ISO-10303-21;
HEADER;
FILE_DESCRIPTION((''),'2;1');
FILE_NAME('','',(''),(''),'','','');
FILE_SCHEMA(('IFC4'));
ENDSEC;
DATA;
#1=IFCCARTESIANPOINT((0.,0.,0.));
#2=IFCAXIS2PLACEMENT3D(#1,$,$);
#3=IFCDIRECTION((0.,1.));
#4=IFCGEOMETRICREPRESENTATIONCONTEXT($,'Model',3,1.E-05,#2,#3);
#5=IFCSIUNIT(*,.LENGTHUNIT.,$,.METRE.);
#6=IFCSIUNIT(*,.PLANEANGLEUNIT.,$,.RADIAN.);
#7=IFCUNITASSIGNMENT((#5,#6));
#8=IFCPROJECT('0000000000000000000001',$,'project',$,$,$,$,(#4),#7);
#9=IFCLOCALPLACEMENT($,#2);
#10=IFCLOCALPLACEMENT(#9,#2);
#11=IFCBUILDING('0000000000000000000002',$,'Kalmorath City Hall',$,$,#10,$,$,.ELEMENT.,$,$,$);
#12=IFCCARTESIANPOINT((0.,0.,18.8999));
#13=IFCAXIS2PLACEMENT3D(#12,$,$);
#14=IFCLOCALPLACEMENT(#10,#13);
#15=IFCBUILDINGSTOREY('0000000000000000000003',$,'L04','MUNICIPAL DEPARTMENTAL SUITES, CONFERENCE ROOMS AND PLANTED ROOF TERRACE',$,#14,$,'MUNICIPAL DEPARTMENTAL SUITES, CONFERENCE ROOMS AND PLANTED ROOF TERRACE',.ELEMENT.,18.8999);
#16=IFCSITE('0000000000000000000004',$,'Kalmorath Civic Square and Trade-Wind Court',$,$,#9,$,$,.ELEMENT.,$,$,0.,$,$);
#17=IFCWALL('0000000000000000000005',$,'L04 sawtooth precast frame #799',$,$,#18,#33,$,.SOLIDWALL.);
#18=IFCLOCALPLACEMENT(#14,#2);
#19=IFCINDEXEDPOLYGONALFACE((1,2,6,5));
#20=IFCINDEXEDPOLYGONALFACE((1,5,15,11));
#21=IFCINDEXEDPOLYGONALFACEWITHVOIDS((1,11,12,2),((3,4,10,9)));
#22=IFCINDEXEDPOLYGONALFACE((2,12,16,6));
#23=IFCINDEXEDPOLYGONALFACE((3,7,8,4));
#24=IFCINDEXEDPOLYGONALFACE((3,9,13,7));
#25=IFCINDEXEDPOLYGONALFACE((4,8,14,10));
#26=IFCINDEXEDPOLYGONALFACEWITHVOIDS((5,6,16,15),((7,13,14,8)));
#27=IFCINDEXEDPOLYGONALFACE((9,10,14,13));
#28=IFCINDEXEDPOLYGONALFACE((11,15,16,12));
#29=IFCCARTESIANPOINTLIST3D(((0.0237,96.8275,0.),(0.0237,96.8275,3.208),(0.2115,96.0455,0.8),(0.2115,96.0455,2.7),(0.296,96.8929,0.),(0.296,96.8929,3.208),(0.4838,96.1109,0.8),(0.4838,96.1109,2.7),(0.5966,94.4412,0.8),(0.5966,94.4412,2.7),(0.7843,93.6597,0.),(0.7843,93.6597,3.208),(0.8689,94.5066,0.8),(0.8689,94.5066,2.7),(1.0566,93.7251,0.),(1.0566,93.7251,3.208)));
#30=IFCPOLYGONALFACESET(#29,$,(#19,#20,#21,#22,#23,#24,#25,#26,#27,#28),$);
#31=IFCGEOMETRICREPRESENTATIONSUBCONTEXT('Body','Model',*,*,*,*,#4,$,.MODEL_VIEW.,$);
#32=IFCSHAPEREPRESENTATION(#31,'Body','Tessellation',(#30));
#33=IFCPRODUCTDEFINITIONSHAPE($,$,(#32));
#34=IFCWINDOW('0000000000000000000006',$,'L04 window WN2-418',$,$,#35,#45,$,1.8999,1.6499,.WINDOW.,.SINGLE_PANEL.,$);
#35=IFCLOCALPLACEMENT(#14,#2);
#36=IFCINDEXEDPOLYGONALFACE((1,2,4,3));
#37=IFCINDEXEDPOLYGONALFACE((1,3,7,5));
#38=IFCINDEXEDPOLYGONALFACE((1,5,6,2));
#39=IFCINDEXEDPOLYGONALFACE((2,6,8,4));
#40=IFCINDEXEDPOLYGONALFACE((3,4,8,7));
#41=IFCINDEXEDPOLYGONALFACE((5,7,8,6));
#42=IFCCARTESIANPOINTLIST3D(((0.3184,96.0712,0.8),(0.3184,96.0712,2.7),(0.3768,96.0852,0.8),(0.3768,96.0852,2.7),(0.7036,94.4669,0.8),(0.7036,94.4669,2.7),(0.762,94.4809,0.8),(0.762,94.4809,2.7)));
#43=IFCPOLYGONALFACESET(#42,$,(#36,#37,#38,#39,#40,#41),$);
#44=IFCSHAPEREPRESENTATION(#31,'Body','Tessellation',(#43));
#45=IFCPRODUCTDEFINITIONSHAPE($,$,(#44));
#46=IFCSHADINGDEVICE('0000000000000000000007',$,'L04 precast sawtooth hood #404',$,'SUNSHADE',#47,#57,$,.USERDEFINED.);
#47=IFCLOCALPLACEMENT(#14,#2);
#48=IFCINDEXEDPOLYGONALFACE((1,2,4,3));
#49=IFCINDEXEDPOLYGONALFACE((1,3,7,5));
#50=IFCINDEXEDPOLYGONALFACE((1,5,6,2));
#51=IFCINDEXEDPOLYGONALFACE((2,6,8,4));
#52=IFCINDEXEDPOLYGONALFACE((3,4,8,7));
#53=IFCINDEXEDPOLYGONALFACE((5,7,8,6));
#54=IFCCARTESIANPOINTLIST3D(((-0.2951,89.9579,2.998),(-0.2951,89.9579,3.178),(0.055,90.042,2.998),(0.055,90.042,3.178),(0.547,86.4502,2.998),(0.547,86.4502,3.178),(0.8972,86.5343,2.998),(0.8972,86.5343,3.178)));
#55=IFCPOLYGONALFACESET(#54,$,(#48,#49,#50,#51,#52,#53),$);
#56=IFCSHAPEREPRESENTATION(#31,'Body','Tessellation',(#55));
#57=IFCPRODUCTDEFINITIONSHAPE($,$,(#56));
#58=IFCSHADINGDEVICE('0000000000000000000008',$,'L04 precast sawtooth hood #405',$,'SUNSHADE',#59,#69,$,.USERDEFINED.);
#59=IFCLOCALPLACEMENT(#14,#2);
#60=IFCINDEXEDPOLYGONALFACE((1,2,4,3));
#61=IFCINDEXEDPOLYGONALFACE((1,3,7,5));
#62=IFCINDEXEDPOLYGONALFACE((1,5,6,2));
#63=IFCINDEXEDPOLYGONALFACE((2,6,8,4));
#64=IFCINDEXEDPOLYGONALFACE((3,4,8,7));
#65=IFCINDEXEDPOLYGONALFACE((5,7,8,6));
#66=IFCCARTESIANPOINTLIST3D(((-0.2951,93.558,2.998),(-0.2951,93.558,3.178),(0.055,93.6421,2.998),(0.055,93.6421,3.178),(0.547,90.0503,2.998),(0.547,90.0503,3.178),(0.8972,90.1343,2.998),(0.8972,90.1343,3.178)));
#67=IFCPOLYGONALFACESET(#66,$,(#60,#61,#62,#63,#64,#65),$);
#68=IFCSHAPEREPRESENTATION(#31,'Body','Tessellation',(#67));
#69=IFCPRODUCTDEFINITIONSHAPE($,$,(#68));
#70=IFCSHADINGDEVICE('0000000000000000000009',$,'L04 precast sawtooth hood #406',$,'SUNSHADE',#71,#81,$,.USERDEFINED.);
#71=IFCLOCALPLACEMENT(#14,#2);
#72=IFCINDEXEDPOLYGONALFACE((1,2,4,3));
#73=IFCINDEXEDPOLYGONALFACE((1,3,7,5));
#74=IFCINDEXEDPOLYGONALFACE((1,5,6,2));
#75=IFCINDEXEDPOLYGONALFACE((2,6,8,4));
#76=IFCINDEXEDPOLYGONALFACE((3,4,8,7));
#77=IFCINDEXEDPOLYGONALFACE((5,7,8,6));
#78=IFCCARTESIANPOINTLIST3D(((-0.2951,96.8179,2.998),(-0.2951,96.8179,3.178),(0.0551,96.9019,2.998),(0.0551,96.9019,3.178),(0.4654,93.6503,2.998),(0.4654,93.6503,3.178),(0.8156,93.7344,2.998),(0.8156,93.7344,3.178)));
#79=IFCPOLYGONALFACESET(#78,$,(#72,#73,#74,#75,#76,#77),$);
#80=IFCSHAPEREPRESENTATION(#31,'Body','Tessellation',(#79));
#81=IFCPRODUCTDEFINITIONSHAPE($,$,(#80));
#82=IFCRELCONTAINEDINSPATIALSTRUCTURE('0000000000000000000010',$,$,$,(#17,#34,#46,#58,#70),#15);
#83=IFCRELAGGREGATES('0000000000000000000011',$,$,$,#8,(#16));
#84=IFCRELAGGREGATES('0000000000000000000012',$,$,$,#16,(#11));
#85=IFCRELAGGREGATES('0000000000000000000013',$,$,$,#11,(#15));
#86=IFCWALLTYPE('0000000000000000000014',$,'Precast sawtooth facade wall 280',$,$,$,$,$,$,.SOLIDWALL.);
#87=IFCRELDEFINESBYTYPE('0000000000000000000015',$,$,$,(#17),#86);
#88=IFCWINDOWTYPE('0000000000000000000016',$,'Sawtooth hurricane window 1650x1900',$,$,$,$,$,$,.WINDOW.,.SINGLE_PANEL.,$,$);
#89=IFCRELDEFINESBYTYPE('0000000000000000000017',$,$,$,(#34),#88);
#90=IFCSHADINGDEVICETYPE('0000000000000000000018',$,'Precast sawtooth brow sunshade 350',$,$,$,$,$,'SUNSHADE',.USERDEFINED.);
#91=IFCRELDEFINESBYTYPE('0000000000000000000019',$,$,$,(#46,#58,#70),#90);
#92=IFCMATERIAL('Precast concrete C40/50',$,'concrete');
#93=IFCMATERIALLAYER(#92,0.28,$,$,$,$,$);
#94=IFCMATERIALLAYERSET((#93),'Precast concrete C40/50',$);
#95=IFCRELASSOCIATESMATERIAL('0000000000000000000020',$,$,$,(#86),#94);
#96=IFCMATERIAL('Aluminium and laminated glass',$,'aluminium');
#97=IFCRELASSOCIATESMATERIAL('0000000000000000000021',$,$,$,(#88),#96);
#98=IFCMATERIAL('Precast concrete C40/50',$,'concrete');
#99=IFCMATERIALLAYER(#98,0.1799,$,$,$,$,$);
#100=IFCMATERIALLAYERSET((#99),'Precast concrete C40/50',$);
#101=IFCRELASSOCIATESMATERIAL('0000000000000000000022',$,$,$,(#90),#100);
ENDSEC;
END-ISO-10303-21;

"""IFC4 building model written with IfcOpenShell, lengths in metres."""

from ifc_helpers import new_model, si_unit, direction, frame, frame_2d, origin, origin_2d, place, context, subcontext, project, spatial, rectangle, extrude, material, layer, layer_set, type_object, element, fill, save


model = new_model("IFC4")

# Units and contexts
model_context = context("Model", 3, precision=1e-05, world=origin(), true_north=direction((0.0, 1.0)))
body_context = subcontext(model_context, "Body", "Model", "MODEL_VIEW")
ifc_project = project(units=[si_unit("LENGTHUNIT", "METRE"), si_unit("PLANEANGLEUNIT", "RADIAN")], contexts=[model_context])

# Site, building, storey
site_placement = place(None, origin())
site = spatial("IfcSite", under=ifc_project, at=site_placement, Name="Kalmorath Civic Square and Trade-Wind Court", CompositionType="ELEMENT", RefElevation=0.0)
building_placement = place(site_placement, origin())
building = spatial("IfcBuilding", under=site, at=building_placement, Name="Kalmorath City Hall", CompositionType="ELEMENT")
storey_placement = place(building_placement, frame((0.0, 0.0, 18.8999)))
storey = spatial("IfcBuildingStorey", under=building, at=storey_placement, Name="L04", Description="MUNICIPAL DEPARTMENTAL SUITES, CONFERENCE ROOMS AND PLANTED ROOF TERRACE", LongName="MUNICIPAL DEPARTMENTAL SUITES, CONFERENCE ROOMS AND PLANTED ROOF TERRACE", CompositionType="ELEMENT", Elevation=18.8999)

# Wall, opening, window
ifc_material_1 = material(Name="Precast concrete C40/50", Category="concrete")
ifc_layer_1 = layer(ifc_material_1, 0.28)
ifc_layer_set_1 = layer_set([ifc_layer_1], Name="Precast concrete C40/50")
wall_type_1 = type_object("IfcWallType", Name="Precast sawtooth facade wall 280", PredefinedType="SOLIDWALL", material=ifc_layer_set_1)
wall_1_placement = place(storey_placement, frame((0.9204, 93.6924, 0.0), z_axis=(0.0, 0.0, 1.0), x_axis=(-0.233444, 0.97237, 0.0)))
wall_1 = element("IfcWall", 1, at=wall_1_placement, inside=storey, type_object=wall_type_1, Name="L04 sawtooth precast frame #799", PredefinedType="SOLIDWALL", context=body_context, shape_type="SweptSolid", body=[
    extrude(rectangle(XDim=3.2578, YDim=0.28, at=frame_2d((1.6289, 0.0))), origin(), (0.0, 0.0, 1.0), 3.208),
])
opening_1_placement = place(wall_1_placement, frame((0.8037, 0.0, 0.8)))
opening_1 = element("IfcOpeningElement", 2, at=opening_1_placement, cuts=wall_1, PredefinedType="OPENING", context=body_context, shape_type="SweptSolid", body=[
    extrude(rectangle(XDim=1.6499, YDim=1.8999, at=frame_2d((0.825, 0.95))), frame((0.0, 0.1499, 0.0), z_axis=(0.0, -1.0, 0.0), x_axis=(1.0, 0.0, 0.0)), (0.0, 0.0, 1.0), 0.3),
])
ifc_material_2 = material(Name="Aluminium and laminated glass", Category="aluminium")
window_type_1 = type_object("IfcWindowType", Name="Sawtooth hurricane window 1650x1900", PartitioningType="SINGLE_PANEL", PredefinedType="WINDOW", material=ifc_material_2)
window_1_placement = place(opening_1_placement, origin())
window_1 = element("IfcWindow", 3, at=window_1_placement, inside=storey, type_object=window_type_1, Name="L04 window WN2-418", OverallHeight=1.8999, OverallWidth=1.6499, PartitioningType="SINGLE_PANEL", PredefinedType="WINDOW", context=body_context, shape_type="SweptSolid", body=[
    extrude(rectangle(XDim=1.6499, YDim=1.8999, at=frame_2d((0.825, 0.95))), frame((0.0, 0.03, 0.0), z_axis=(0.0, -1.0, 0.0), x_axis=(1.0, 0.0, 0.0)), (0.0, 0.0, 1.0), 0.0601),
])
fill(opening_1, window_1)

# Shading devices
ifc_material_3 = material(Name="Precast concrete C40/50", Category="concrete")
ifc_layer_2 = layer(ifc_material_3, 0.1799)
ifc_layer_set_2 = layer_set([ifc_layer_2], Name="Precast concrete C40/50")
shading_device_type = type_object("IfcShadingDeviceType", Name="Precast sawtooth brow sunshade 350", ElementType="SUNSHADE", PredefinedType="USERDEFINED", material=ifc_layer_set_2)
for number, where, z_axis, x_axis, name in (
    (4, (0.301, 88.2461, 2.998), (0.0, 0.0, 1.0), (-0.233445, 0.97237, 0.0), "L04 precast sawtooth hood #404"),
    (5, (0.301, 91.8462, 2.998), (0.0, 0.0, 1.0), (-0.233445, 0.97237, 0.0), "L04 precast sawtooth hood #405"),
):
    element("IfcShadingDevice", number, at=place(storey_placement, frame(where, z_axis=z_axis, x_axis=x_axis)), inside=storey, type_object=shading_device_type, Name=name, ObjectType="SUNSHADE", PredefinedType="USERDEFINED", context=body_context, shape_type="SweptSolid", body=[
        extrude(rectangle(XDim=3.6074, YDim=0.3601, at=origin_2d()), origin(), (0.0, 0.0, 1.0), 0.1799),
    ])
shading_device_placement = place(storey_placement, frame((0.2603, 95.2761, 2.998), z_axis=(0.0, 0.0, 1.0), x_axis=(-0.233462, 0.972366, 0.0)))
element("IfcShadingDevice", 6, at=shading_device_placement, inside=storey, type_object=shading_device_type, Name="L04 precast sawtooth hood #406", ObjectType="SUNSHADE", PredefinedType="USERDEFINED", context=body_context, shape_type="SweptSolid", body=[
    extrude(rectangle(XDim=3.2576, YDim=0.3601, at=origin_2d()), origin(), (0.0, 0.0, 1.0), 0.1799),
])

save(model, "model.ifc")
